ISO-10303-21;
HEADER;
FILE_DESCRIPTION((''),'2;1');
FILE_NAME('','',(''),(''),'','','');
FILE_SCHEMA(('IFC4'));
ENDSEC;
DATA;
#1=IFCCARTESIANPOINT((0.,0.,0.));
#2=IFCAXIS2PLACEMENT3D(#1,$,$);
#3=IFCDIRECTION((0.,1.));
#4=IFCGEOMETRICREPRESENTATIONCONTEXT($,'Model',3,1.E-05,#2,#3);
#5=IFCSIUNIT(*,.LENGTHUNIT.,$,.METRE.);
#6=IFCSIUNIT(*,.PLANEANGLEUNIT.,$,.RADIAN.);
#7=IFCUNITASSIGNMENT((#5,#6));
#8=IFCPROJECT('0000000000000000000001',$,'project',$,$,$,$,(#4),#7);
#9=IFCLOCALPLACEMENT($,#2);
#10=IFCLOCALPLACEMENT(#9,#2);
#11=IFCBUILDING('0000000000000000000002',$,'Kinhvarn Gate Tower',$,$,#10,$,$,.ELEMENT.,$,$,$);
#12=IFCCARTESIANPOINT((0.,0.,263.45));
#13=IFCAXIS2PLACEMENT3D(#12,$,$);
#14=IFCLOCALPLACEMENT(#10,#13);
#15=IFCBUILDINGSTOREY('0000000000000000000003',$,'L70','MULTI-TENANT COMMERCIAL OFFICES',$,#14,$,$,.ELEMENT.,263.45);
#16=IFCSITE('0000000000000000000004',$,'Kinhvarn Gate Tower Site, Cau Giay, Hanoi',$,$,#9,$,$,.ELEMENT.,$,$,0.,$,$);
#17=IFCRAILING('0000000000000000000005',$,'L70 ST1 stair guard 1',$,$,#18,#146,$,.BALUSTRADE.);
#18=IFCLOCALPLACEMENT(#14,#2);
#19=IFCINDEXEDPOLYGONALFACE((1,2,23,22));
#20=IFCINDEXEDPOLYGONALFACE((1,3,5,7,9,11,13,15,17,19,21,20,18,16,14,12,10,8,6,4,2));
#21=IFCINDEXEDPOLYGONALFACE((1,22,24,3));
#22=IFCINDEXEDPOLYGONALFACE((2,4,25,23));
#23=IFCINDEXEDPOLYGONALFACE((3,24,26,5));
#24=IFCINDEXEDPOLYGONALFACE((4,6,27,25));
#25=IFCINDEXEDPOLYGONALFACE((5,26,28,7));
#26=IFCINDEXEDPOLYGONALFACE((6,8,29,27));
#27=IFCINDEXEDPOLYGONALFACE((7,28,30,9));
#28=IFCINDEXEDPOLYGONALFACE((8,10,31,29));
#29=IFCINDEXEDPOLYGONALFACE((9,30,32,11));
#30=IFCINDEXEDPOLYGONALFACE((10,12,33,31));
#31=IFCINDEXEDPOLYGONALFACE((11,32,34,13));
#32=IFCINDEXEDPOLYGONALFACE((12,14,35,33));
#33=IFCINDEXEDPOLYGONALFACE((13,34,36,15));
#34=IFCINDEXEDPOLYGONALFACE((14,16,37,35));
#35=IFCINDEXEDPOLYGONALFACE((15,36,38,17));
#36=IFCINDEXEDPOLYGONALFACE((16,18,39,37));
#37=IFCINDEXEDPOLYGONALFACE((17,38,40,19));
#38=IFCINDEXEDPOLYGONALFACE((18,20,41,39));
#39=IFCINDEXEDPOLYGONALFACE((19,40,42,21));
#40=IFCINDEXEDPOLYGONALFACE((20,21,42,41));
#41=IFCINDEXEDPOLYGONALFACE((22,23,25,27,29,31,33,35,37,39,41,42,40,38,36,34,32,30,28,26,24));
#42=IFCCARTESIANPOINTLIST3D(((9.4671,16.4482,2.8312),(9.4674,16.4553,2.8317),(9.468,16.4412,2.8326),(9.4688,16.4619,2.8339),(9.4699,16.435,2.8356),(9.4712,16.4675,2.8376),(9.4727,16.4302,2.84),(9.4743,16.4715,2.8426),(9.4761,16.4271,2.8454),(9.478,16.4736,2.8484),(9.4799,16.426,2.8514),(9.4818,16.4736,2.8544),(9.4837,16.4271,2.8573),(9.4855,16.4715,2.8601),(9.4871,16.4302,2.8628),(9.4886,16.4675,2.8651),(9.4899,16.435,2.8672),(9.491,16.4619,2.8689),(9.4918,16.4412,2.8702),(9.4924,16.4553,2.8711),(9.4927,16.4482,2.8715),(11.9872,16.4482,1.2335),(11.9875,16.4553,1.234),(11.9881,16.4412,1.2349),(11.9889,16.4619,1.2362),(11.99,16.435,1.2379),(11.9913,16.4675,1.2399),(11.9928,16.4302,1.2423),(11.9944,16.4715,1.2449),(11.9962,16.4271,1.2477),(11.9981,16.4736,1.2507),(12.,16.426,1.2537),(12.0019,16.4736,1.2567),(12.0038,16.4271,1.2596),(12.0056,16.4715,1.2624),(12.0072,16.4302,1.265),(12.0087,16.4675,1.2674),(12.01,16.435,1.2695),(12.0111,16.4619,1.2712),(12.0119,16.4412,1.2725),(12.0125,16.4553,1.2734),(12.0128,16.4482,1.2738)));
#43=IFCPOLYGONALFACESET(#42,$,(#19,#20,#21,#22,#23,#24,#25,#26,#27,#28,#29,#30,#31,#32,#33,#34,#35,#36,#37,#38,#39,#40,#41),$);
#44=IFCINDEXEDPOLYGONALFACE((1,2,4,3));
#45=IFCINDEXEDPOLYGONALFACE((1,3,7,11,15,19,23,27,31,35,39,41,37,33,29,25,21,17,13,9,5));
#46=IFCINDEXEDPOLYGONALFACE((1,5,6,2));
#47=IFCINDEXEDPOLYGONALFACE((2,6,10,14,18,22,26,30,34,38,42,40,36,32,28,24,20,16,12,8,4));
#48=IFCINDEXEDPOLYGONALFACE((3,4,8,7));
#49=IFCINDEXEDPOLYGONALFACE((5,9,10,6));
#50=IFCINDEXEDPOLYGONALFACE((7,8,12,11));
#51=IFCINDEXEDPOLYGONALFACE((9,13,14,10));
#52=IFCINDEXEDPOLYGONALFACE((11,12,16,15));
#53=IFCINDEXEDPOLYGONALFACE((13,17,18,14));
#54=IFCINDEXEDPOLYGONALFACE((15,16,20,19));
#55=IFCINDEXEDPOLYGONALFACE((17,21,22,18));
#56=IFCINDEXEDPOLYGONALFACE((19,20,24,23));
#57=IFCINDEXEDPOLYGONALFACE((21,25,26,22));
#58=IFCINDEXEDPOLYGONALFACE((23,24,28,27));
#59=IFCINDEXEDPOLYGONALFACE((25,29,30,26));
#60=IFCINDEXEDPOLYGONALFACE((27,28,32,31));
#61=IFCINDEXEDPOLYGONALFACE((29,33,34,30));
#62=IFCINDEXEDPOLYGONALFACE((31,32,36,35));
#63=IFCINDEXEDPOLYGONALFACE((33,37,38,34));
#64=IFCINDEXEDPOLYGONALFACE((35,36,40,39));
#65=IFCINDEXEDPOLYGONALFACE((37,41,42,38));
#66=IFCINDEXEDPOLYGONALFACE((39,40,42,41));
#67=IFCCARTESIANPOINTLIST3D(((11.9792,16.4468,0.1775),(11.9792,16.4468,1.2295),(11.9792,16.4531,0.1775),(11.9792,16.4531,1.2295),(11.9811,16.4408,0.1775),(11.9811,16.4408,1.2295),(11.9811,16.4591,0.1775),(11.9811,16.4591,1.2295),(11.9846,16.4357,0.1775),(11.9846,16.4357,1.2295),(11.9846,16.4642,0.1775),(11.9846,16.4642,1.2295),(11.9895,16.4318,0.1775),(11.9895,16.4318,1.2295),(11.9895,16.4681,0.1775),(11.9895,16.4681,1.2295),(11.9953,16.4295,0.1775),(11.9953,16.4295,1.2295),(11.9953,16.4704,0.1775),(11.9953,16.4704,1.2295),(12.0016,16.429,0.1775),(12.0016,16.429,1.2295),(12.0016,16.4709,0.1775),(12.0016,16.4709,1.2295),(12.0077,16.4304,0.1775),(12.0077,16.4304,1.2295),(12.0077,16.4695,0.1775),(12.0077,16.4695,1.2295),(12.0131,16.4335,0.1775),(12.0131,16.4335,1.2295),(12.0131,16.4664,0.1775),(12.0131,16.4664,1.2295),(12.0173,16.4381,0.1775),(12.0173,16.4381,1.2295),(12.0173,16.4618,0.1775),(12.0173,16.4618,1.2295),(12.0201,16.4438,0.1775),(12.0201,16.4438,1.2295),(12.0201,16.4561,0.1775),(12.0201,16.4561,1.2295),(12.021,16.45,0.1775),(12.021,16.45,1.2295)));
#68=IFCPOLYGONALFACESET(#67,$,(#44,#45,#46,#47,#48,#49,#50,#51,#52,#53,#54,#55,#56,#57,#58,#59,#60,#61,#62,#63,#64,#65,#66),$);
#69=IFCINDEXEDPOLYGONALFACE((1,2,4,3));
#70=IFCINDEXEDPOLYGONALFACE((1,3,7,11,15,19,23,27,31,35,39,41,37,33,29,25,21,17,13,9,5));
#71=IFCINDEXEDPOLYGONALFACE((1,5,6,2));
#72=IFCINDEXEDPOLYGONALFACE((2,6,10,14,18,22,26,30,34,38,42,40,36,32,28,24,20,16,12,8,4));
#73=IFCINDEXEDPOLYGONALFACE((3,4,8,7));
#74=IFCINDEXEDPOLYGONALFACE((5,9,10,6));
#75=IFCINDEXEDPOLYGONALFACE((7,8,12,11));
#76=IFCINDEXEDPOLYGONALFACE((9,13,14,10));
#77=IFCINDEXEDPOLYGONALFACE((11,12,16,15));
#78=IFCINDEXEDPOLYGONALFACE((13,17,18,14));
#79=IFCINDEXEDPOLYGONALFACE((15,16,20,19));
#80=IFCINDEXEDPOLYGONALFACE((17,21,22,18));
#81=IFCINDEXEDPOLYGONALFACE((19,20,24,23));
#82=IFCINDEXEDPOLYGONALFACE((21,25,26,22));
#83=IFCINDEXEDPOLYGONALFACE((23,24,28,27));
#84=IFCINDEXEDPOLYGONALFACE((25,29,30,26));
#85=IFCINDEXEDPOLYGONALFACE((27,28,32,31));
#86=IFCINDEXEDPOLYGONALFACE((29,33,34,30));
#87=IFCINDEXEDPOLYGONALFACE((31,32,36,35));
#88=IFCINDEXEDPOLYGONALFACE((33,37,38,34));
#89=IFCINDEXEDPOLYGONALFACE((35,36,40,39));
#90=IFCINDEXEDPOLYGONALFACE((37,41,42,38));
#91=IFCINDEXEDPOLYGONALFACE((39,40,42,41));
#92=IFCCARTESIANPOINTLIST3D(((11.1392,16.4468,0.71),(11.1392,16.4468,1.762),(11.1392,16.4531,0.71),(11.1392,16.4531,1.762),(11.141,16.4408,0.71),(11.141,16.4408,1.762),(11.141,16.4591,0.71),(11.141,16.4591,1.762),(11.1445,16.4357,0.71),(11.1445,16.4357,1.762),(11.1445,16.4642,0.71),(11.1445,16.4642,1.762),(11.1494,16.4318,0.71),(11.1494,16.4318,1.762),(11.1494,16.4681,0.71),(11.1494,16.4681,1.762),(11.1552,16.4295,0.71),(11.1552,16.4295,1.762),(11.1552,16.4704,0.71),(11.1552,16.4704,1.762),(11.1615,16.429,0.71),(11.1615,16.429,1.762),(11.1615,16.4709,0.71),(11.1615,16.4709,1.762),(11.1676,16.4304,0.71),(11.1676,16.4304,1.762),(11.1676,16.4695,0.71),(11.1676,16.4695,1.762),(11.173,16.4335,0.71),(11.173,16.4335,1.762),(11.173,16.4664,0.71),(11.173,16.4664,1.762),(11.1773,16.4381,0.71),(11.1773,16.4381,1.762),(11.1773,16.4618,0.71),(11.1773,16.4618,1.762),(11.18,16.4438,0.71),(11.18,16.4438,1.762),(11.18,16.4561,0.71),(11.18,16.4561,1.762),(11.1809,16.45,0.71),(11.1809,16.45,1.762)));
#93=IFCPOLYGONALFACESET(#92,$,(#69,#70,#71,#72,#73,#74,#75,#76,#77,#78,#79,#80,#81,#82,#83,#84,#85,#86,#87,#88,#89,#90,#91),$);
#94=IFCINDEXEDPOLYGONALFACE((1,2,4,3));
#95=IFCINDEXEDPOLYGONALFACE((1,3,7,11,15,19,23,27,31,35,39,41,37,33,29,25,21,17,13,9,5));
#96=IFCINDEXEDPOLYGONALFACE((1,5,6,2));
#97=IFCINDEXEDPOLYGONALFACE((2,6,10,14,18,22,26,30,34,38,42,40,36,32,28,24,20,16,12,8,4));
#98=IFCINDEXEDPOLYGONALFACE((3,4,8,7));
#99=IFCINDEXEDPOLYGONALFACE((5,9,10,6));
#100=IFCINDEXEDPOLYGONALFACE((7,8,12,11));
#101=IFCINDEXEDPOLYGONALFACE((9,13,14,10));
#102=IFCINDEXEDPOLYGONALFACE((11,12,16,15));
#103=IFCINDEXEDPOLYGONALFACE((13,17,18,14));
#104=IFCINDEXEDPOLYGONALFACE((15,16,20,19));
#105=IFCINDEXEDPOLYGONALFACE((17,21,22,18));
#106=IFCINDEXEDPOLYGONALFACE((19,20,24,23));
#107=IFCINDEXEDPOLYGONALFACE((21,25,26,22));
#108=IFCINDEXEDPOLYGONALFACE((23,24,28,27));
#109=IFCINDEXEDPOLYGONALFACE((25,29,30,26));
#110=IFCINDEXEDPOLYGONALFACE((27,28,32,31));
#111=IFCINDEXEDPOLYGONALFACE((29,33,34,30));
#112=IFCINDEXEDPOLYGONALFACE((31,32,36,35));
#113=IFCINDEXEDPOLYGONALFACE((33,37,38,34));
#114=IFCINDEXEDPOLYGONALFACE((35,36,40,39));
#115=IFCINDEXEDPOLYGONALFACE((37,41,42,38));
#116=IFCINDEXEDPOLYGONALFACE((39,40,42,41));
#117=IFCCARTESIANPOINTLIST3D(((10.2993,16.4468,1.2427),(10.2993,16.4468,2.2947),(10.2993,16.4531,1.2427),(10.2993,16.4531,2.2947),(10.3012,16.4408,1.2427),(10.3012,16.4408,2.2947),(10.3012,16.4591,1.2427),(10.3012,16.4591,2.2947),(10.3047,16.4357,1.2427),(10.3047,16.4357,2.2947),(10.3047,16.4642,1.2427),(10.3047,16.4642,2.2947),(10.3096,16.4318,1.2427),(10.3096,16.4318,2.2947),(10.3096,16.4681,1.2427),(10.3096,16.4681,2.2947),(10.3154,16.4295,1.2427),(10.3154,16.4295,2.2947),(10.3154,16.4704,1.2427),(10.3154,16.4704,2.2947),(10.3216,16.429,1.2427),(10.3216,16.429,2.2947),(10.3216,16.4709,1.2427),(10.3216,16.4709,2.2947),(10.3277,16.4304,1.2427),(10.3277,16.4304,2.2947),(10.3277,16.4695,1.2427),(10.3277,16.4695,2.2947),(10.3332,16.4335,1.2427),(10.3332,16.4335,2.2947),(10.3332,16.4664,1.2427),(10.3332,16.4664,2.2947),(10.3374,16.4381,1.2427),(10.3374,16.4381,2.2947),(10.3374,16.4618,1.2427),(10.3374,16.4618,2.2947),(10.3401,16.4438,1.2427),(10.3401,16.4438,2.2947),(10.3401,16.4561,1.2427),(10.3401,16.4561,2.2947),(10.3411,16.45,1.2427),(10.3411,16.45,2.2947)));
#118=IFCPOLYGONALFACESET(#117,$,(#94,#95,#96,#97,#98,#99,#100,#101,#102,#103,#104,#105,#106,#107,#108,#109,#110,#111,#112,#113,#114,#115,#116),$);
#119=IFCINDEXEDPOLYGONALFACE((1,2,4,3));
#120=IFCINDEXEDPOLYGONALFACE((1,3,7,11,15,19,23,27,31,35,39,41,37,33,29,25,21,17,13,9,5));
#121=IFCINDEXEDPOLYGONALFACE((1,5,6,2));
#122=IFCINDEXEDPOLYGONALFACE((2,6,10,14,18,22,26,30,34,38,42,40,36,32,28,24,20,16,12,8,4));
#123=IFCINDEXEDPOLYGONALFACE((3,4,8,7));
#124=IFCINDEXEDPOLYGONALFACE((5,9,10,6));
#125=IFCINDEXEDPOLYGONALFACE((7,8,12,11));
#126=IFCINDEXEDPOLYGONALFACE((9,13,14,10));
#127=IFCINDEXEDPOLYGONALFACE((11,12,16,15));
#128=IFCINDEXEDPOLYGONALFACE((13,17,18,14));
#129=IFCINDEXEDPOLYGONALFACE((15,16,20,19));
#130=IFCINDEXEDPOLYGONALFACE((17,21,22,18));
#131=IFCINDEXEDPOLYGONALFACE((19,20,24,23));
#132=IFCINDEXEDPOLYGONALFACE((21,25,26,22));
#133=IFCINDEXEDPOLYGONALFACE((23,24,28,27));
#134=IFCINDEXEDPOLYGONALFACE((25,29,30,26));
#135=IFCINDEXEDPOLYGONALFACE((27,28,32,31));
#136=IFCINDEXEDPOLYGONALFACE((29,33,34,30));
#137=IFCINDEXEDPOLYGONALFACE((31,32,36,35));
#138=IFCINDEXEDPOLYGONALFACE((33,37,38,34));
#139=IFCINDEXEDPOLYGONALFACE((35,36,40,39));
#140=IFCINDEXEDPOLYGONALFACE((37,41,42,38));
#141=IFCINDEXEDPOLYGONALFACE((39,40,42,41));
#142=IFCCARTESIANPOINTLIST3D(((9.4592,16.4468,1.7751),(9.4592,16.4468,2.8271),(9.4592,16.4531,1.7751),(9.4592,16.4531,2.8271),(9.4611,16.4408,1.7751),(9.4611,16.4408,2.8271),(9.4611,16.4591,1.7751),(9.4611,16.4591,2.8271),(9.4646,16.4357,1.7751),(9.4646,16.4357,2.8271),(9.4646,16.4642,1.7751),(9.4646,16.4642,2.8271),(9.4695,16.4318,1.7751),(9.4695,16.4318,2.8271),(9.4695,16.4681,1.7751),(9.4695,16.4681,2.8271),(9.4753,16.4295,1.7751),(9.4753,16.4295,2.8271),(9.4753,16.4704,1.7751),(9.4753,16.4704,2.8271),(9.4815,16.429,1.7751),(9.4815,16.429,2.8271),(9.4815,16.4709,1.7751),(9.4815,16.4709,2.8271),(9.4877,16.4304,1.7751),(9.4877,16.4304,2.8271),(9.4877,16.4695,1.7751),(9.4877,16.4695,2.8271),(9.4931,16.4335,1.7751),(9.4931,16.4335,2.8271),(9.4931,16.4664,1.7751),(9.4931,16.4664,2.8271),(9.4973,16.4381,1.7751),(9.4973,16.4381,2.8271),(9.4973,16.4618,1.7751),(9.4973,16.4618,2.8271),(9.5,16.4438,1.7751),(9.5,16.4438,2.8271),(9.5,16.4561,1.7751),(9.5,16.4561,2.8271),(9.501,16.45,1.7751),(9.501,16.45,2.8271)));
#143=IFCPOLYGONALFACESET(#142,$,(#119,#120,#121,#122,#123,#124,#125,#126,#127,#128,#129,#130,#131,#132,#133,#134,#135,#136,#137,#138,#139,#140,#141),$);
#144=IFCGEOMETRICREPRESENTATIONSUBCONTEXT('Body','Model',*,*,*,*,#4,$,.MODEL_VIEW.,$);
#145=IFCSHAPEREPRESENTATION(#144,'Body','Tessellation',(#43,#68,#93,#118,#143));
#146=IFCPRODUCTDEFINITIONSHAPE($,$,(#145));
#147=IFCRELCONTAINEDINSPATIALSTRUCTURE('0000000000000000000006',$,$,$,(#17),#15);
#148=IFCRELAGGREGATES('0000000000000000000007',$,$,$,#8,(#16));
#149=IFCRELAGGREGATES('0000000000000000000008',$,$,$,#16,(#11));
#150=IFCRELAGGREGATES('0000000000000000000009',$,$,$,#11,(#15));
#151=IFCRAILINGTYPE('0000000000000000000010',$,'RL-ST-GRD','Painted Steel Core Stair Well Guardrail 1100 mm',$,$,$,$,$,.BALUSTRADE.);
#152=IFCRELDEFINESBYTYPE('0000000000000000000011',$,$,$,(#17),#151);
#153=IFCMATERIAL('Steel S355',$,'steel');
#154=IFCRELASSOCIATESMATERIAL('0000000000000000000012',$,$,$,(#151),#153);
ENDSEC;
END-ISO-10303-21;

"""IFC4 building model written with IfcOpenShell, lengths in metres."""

from ifc_helpers import new_model, si_unit, direction, frame, origin, origin_2d, place, context, subcontext, project, spatial, circle, extrude, material, type_object, element, save


model = new_model("IFC4")

# Units and contexts
model_context = context("Model", 3, precision=1e-05, world=origin(), true_north=direction((0.0, 1.0)))
body_context = subcontext(model_context, "Body", "Model", "MODEL_VIEW")
ifc_project = project(units=[si_unit("LENGTHUNIT", "METRE"), si_unit("PLANEANGLEUNIT", "RADIAN")], contexts=[model_context])

# Site, building, storey
site_placement = place(None, origin())
site = spatial("IfcSite", under=ifc_project, at=site_placement, Name="Kinhvarn Gate Tower Site, Cau Giay, Hanoi", CompositionType="ELEMENT", RefElevation=0.0)
building_placement = place(site_placement, origin())
building = spatial("IfcBuilding", under=site, at=building_placement, Name="Kinhvarn Gate Tower", CompositionType="ELEMENT")
storey_placement = place(building_placement, frame((0.0, 0.0, 263.45)))
storey = spatial("IfcBuildingStorey", under=building, at=storey_placement, Name="L70", Description="MULTI-TENANT COMMERCIAL OFFICES", CompositionType="ELEMENT", Elevation=263.45)

# Shared definitions
ifc_material_1 = material(Name="Steel S355", Category="steel")

# Railing
railing_type_1 = type_object("IfcRailingType", Name="RL-ST-GRD", Description="Painted Steel Core Stair Well Guardrail 1100 mm", PredefinedType="BALUSTRADE", material=ifc_material_1)
railing_1_placement = place(storey_placement, frame((12.0, 16.45, 0.1775)))
element("IfcRailing", 1, at=railing_1_placement, inside=storey, type_object=railing_type_1, Name="L70 ST1 stair guard 1", PredefinedType="BALUSTRADE", context=body_context, shape_type="SweptSolid", body=[
    extrude(circle(Radius=0.0239, at=origin_2d()), frame((0.0, 0.0, 1.0762), z_axis=(-0.84457, 0.0, 0.535445), x_axis=(0.0, -1.0, 0.0)), (0.0, 0.0, 1.0), 2.9839),
    extrude(circle(Radius=0.021, at=origin_2d()), origin(), (0.0, 0.0, 1.0), 1.052),
    extrude(circle(Radius=0.021, at=origin_2d()), frame((-0.8401, 0.0, 0.5325)), (0.0, 0.0, 1.0), 1.052),
    extrude(circle(Radius=0.021, at=origin_2d()), frame((-1.6799, 0.0, 1.0652)), (0.0, 0.0, 1.0), 1.052),
    extrude(circle(Radius=0.021, at=origin_2d()), frame((-2.52, 0.0, 1.5977)), (0.0, 0.0, 1.0), 1.052),
])

save(model, "model.ifc")
